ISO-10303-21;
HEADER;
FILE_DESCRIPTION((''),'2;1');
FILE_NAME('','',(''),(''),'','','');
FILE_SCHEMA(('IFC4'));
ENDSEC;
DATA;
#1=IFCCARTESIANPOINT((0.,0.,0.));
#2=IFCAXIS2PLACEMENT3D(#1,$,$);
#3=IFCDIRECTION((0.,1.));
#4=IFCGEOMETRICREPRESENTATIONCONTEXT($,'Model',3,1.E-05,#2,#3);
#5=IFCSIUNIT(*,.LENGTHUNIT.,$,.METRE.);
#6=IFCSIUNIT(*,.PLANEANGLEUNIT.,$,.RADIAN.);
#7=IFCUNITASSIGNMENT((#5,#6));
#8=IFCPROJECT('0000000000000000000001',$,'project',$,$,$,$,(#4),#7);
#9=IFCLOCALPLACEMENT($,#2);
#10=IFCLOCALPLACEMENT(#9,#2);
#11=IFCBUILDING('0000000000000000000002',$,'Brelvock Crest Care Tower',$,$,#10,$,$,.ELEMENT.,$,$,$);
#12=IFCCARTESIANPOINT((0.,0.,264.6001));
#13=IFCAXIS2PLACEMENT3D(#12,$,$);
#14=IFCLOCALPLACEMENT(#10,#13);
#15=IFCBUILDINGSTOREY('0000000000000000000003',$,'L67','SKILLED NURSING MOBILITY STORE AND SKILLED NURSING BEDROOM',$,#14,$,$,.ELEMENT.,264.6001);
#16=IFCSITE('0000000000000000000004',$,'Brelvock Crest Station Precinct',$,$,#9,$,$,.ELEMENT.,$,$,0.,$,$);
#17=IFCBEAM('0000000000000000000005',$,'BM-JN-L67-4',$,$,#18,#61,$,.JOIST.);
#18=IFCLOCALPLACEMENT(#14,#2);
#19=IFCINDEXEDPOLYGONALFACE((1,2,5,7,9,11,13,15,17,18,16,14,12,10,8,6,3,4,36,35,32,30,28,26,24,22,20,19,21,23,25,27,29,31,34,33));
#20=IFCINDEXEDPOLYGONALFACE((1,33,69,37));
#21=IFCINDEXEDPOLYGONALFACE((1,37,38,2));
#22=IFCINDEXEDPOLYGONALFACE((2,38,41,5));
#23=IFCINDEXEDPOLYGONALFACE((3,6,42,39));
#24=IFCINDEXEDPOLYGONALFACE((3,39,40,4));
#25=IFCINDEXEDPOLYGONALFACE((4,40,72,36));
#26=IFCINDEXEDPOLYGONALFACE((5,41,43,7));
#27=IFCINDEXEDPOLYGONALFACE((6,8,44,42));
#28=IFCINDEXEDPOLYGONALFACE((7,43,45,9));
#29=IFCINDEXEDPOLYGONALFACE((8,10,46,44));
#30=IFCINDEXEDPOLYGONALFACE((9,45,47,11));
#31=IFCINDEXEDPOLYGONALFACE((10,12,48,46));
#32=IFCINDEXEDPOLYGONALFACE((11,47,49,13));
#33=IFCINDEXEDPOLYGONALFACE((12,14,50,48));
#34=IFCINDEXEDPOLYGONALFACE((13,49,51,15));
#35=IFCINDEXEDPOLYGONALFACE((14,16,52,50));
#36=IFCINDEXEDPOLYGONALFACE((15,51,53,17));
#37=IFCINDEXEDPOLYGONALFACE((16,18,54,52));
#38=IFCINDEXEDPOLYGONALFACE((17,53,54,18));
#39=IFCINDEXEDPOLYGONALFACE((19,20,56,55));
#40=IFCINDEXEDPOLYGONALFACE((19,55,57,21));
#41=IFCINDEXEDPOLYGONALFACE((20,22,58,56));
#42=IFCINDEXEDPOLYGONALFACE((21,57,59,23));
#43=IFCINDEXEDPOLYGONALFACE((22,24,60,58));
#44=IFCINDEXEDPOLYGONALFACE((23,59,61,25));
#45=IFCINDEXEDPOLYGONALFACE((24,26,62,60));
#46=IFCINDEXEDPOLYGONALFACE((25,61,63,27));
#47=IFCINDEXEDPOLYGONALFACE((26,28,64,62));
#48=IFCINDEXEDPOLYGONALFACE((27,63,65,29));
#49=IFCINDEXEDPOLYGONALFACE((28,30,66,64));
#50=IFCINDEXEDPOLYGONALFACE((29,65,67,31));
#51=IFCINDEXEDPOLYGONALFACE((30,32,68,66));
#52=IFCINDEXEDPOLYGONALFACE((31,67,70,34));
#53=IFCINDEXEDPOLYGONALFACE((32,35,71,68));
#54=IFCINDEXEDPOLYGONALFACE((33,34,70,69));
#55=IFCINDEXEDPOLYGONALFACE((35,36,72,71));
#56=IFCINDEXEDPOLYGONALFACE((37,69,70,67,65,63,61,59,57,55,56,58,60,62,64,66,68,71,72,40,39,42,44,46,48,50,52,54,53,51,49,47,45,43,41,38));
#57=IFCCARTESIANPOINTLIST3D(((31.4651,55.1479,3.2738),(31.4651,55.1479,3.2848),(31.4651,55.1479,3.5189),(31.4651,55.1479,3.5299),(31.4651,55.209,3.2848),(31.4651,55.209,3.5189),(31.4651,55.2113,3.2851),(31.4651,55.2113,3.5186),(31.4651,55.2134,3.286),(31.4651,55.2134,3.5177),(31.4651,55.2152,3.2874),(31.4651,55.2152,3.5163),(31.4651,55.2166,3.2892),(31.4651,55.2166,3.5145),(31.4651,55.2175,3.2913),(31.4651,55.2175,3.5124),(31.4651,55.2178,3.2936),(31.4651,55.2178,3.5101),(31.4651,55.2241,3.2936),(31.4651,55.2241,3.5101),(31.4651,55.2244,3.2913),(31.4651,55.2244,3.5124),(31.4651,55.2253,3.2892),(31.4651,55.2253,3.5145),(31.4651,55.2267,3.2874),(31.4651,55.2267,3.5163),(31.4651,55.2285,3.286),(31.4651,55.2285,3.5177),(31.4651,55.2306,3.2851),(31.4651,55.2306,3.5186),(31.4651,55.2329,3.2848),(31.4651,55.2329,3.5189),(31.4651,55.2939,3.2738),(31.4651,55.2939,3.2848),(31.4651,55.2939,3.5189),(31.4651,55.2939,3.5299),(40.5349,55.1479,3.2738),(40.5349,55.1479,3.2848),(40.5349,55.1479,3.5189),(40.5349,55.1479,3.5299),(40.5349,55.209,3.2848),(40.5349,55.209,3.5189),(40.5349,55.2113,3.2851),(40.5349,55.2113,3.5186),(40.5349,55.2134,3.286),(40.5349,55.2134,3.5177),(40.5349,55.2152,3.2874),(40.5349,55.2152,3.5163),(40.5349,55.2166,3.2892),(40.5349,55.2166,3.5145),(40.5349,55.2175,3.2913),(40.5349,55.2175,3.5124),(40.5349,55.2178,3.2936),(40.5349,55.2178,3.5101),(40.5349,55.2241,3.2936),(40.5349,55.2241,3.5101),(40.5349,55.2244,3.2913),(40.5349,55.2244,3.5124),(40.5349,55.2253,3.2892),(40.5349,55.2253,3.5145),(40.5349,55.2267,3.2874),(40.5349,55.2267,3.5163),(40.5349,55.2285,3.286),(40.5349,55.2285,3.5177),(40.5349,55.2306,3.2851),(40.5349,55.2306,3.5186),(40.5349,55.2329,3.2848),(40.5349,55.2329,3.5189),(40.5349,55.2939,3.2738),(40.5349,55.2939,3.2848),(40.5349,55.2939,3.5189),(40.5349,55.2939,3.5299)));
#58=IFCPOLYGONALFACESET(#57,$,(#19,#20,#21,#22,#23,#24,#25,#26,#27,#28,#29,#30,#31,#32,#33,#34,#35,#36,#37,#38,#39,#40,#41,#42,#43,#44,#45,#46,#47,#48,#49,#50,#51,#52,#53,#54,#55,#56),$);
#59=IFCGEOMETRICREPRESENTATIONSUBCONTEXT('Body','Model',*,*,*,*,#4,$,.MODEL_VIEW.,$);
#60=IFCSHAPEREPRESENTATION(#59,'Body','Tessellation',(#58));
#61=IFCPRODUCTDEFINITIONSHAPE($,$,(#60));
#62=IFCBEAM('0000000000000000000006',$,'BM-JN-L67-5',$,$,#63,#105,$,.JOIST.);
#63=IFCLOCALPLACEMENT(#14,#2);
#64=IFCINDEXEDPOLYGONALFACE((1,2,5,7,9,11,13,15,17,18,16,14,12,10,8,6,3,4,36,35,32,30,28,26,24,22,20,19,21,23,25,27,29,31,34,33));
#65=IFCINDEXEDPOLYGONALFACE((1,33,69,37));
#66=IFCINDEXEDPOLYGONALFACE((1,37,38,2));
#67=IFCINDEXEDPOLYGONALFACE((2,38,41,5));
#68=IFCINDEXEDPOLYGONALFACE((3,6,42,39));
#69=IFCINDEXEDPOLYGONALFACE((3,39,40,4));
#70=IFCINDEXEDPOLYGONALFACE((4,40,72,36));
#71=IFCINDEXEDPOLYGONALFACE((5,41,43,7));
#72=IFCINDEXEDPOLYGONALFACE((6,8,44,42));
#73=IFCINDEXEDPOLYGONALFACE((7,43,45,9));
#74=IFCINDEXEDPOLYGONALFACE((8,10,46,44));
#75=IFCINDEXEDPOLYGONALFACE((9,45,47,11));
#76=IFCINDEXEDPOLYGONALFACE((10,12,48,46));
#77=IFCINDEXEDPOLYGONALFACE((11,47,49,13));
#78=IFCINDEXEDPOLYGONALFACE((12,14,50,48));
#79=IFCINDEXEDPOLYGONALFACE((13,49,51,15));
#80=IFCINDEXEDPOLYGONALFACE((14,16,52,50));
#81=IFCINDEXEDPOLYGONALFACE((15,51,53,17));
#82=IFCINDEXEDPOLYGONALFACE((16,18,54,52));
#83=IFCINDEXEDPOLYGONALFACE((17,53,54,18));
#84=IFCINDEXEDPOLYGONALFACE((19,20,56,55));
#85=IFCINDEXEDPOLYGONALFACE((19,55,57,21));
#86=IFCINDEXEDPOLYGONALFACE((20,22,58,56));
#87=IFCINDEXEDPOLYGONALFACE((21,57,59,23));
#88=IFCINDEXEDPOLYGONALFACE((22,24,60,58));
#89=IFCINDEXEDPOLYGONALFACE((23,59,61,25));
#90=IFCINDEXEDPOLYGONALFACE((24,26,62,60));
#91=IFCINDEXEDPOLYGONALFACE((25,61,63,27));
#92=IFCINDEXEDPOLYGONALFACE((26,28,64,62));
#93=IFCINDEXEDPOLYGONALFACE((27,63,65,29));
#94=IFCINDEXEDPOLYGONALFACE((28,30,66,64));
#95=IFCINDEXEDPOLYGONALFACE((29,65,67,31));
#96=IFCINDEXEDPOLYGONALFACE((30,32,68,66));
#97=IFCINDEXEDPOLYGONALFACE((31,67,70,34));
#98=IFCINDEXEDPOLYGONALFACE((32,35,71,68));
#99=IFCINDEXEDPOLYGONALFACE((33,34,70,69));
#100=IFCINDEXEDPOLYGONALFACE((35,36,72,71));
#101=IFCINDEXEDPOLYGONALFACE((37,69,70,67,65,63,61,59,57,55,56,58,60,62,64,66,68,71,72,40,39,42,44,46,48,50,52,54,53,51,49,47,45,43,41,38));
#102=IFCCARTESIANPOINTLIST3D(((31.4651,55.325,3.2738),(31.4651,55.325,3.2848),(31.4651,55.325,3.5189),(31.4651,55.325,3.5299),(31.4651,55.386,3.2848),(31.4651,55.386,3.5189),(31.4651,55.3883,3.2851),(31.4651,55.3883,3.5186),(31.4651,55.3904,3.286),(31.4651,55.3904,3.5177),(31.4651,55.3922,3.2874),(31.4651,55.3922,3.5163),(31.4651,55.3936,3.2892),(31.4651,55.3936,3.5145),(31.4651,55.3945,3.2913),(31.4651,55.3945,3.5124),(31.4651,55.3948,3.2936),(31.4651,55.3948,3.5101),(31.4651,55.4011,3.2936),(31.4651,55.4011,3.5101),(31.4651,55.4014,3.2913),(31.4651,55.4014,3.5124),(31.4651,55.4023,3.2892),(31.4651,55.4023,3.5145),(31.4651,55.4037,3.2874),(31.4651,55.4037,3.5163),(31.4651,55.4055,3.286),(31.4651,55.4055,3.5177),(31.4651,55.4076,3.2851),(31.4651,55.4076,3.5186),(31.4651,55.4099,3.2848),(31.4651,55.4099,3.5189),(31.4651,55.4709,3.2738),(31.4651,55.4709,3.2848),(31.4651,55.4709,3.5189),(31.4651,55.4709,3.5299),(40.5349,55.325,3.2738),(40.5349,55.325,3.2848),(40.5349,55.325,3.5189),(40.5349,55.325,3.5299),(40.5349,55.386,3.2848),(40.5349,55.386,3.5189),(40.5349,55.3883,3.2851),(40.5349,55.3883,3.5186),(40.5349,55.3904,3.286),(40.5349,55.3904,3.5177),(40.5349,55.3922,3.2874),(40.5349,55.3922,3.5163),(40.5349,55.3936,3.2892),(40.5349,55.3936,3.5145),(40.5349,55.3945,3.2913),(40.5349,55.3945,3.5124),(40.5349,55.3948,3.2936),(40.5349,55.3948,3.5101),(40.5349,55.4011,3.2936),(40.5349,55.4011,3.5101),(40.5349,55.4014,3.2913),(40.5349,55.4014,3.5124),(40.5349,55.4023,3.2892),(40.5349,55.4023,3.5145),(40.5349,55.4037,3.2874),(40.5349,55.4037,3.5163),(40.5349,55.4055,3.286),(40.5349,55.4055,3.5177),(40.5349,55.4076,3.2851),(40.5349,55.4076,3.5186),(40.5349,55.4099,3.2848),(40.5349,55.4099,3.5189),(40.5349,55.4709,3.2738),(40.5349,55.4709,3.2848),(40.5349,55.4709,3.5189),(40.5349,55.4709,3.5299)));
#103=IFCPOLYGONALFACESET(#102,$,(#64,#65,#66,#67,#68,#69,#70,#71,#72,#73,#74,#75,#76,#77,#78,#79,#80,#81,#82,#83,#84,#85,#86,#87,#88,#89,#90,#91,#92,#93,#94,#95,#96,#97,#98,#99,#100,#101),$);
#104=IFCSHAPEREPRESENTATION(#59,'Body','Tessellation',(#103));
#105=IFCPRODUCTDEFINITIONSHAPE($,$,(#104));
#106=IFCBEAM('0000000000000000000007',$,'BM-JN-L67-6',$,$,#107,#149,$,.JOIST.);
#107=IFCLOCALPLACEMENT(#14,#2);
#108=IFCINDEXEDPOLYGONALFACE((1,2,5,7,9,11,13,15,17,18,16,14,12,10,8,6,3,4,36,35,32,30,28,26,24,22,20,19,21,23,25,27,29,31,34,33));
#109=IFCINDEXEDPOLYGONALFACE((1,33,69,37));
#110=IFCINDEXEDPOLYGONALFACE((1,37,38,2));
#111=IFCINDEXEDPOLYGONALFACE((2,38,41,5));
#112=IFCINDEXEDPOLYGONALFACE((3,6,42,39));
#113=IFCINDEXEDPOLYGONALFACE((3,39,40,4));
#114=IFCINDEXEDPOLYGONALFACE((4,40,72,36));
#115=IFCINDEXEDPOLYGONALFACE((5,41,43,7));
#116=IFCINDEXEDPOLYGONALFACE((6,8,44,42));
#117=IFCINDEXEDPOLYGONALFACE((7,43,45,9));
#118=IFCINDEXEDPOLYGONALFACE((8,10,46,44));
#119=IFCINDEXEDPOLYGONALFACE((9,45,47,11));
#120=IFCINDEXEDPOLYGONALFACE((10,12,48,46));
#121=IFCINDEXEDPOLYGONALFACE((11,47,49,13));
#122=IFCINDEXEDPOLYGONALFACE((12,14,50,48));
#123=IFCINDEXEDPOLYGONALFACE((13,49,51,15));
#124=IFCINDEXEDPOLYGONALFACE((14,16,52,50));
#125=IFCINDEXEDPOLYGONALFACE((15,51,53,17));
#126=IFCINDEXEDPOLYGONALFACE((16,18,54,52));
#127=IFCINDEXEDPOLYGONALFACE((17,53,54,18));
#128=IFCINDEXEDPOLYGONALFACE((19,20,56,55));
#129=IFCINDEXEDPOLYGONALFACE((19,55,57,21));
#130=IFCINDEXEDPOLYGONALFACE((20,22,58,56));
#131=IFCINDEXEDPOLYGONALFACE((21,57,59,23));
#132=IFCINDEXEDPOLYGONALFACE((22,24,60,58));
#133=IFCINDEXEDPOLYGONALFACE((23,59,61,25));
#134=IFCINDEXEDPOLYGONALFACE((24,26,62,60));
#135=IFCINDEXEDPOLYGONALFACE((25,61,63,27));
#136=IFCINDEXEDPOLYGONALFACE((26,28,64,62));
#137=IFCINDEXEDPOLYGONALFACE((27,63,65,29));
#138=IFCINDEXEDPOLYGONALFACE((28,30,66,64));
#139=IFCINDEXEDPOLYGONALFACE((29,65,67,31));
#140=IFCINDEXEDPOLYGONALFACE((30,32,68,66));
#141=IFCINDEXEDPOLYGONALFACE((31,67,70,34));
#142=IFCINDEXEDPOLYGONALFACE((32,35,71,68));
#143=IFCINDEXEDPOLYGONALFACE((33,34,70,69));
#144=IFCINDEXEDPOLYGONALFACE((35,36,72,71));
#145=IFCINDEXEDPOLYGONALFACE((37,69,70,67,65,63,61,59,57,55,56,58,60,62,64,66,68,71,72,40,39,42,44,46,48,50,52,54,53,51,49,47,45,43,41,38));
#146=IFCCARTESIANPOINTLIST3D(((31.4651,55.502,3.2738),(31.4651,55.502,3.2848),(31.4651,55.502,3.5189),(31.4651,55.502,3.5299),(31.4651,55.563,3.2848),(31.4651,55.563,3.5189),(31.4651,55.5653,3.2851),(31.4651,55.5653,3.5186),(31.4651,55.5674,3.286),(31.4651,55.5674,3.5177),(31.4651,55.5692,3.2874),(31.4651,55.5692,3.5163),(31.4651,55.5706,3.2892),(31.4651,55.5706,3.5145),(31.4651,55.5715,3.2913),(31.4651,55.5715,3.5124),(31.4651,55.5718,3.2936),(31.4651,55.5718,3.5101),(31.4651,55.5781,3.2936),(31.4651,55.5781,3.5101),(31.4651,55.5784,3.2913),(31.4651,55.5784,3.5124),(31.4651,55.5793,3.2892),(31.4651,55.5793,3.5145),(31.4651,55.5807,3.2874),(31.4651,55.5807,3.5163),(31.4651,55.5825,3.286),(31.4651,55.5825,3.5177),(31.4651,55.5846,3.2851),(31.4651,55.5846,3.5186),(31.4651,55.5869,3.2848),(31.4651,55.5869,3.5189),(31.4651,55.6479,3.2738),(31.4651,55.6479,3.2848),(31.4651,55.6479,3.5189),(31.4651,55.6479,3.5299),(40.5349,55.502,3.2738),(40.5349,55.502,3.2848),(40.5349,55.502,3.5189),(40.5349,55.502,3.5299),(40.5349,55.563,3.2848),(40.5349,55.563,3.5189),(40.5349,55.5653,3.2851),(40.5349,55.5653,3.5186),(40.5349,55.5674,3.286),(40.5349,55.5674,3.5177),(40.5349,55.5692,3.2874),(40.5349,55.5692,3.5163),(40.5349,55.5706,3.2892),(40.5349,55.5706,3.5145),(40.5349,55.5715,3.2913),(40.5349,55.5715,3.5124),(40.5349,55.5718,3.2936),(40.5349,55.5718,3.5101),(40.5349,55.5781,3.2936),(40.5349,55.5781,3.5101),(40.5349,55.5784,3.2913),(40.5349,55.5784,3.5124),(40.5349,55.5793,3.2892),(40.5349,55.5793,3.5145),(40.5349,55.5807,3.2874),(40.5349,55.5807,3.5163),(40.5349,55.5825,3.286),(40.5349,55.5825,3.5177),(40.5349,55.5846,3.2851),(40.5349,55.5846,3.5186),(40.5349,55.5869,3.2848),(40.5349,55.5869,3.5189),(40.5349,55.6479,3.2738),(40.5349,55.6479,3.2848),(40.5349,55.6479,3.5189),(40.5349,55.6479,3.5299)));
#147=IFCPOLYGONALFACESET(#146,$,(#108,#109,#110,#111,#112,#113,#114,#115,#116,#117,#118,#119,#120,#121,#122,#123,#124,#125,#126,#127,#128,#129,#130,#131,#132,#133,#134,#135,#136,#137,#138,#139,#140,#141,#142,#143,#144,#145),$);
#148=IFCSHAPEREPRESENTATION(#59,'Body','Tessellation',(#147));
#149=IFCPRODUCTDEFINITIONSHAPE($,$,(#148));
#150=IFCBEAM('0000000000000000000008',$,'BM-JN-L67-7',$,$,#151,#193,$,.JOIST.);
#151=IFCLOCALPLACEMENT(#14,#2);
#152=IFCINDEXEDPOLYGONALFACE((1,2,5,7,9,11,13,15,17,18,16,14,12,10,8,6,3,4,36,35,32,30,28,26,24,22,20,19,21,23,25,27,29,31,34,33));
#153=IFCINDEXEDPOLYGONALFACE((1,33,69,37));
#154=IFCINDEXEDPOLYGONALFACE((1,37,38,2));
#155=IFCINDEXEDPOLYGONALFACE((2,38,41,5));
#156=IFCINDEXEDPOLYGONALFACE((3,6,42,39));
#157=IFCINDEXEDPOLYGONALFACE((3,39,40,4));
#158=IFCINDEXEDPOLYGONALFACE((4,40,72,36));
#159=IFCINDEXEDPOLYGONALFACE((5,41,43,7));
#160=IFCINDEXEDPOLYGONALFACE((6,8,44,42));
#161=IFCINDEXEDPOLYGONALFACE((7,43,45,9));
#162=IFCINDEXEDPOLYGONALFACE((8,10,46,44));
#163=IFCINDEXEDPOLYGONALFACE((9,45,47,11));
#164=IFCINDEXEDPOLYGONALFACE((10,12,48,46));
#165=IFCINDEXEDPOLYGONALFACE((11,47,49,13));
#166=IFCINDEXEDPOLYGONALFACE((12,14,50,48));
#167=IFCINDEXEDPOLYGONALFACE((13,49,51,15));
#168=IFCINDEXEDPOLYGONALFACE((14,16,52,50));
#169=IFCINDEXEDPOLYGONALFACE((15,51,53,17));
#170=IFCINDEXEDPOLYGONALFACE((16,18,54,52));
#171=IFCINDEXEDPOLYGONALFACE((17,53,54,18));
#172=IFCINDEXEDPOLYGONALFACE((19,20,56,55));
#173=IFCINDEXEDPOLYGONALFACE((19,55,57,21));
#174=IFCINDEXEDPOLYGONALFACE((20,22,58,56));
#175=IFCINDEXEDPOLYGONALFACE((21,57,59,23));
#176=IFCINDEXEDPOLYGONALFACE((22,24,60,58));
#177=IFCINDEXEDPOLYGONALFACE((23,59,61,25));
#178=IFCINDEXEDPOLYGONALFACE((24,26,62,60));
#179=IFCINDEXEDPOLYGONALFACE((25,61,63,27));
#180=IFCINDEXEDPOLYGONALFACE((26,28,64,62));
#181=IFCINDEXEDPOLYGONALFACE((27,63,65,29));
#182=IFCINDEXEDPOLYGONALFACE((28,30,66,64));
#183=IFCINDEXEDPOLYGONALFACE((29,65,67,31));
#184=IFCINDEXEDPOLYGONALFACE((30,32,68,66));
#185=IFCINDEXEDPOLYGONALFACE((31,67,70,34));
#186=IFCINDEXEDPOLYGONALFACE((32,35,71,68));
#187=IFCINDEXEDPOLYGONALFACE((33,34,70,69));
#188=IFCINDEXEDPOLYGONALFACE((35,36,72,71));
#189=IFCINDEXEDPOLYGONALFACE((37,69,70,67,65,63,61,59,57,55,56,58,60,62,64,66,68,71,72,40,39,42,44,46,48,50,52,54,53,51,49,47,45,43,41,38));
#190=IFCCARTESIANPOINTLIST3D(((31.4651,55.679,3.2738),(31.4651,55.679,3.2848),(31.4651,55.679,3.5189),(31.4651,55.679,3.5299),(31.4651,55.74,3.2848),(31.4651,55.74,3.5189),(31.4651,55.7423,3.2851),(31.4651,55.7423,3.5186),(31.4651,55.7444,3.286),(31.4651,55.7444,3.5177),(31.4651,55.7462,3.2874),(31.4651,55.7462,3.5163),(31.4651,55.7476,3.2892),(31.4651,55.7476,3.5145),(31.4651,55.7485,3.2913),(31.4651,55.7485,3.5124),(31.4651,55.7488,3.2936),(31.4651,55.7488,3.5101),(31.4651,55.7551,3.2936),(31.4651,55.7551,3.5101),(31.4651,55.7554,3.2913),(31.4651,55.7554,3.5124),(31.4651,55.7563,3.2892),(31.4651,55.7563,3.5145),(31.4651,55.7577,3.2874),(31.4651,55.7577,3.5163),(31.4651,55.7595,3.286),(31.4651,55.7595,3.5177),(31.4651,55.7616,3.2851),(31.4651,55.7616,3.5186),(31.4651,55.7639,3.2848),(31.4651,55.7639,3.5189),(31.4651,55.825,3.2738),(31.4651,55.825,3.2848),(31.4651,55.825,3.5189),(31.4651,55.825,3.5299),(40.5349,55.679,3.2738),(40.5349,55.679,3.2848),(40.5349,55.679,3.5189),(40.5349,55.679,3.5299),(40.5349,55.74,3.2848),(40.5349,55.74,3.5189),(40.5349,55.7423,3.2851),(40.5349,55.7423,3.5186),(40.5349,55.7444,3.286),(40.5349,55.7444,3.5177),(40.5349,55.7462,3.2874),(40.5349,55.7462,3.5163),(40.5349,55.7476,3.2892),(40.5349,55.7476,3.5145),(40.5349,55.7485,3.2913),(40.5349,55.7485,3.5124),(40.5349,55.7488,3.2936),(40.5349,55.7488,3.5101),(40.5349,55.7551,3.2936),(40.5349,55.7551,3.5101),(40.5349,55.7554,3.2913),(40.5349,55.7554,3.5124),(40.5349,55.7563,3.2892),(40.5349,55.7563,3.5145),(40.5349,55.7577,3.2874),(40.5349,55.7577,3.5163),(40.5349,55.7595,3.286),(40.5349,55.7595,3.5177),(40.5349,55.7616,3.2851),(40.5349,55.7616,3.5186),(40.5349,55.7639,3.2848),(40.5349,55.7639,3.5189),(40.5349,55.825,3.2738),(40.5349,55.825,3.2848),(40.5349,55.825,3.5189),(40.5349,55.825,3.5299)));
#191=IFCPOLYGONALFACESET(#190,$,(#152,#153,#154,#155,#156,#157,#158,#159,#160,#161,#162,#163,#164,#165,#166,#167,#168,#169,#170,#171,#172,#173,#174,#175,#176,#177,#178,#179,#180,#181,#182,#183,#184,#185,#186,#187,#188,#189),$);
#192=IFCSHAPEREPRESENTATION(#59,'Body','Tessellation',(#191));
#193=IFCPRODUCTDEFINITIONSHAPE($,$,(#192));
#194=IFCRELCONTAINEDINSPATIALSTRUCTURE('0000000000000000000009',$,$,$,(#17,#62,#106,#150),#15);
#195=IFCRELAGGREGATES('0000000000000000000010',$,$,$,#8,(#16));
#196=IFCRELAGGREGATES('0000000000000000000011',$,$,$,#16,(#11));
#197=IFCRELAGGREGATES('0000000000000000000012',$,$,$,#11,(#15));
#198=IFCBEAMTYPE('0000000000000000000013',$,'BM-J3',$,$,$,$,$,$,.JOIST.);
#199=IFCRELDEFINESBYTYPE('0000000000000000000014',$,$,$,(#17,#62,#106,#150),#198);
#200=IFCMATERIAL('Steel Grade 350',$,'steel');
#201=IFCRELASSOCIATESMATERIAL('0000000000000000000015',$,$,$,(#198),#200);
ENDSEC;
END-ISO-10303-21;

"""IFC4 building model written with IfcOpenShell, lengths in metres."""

from ifc_helpers import new_model, si_unit, direction, frame, origin, origin_2d, place, context, subcontext, project, spatial, i_section, extrude, source, transform, mapped, material, material_profile, profile_set, type_object, element, save


model = new_model("IFC4")

# Units and contexts
model_context = context("Model", 3, precision=1e-05, world=origin(), true_north=direction((0.0, 1.0)))
body_context = subcontext(model_context, "Body", "Model", "MODEL_VIEW")
ifc_project = project(units=[si_unit("LENGTHUNIT", "METRE"), si_unit("PLANEANGLEUNIT", "RADIAN")], contexts=[model_context])

# Site, building, storey
site_placement = place(None, origin())
site = spatial("IfcSite", under=ifc_project, at=site_placement, Name="Brelvock Crest Station Precinct", CompositionType="ELEMENT", RefElevation=0.0)
building_placement = place(site_placement, origin())
building = spatial("IfcBuilding", under=site, at=building_placement, Name="Brelvock Crest Care Tower", CompositionType="ELEMENT")
storey_placement = place(building_placement, frame((0.0, 0.0, 264.6001)))
storey = spatial("IfcBuildingStorey", under=building, at=storey_placement, Name="L67", Description="SKILLED NURSING MOBILITY STORE AND SKILLED NURSING BEDROOM", CompositionType="ELEMENT", Elevation=264.6001)

# Shared definitions
ifc_material_1 = material(Name="Steel Grade 350", Category="steel")

# Beams
ifc_material_profile_1 = material_profile(ifc_material_1, i_section(OverallWidth=0.146, OverallDepth=0.2561, WebThickness=0.0063, FlangeThickness=0.011, FilletRadius=0.0088, at=origin_2d()), Name="250UB37.3")
ifc_profile_set_1 = profile_set([ifc_material_profile_1], Name="Steel Grade 350")
beam_type_1 = type_object("IfcBeamType", Name="BM-J3", PredefinedType="JOIST", material=ifc_profile_set_1)
shared_shape_1 = source(origin(), body_context, "Body", "SweptSolid", [
    extrude(i_section(OverallWidth=0.146, OverallDepth=0.2561, WebThickness=0.0063, FlangeThickness=0.011, FilletRadius=0.0088, at=origin_2d()), origin(), (0.0, 0.0, 1.0), 9.0698),
])
for number, where, z_axis, x_axis, name in (
    (1, (31.4651, 55.2209, 3.4019), (1.0, 0.0, 0.0), (0.0, 1.0, 0.0), "BM-JN-L67-4"),
    (2, (31.4651, 55.3979, 3.4019), (1.0, 0.0, 0.0), (0.0, 1.0, 0.0), "BM-JN-L67-5"),
    (3, (31.4651, 55.575, 3.4019), (1.0, 0.0, 0.0), (0.0, 1.0, 0.0), "BM-JN-L67-6"),
    (4, (31.4651, 55.752, 3.4019), (1.0, 0.0, 0.0), (0.0, 1.0, 0.0), "BM-JN-L67-7"),
):
    element("IfcBeam", number, at=place(storey_placement, frame(where, z_axis=z_axis, x_axis=x_axis)), inside=storey, type_object=beam_type_1, Name=name, PredefinedType="JOIST", context=body_context, shape_type="MappedRepresentation", body=[
        mapped(shared_shape_1, transform((0.0, 0.0, 0.0), x_axis=(1.0, 0.0, 0.0), y_axis=(0.0, 1.0, 0.0), z_axis=(0.0, 0.0, 1.0), scale=1.0)),
    ])

save(model, "model.ifc")
